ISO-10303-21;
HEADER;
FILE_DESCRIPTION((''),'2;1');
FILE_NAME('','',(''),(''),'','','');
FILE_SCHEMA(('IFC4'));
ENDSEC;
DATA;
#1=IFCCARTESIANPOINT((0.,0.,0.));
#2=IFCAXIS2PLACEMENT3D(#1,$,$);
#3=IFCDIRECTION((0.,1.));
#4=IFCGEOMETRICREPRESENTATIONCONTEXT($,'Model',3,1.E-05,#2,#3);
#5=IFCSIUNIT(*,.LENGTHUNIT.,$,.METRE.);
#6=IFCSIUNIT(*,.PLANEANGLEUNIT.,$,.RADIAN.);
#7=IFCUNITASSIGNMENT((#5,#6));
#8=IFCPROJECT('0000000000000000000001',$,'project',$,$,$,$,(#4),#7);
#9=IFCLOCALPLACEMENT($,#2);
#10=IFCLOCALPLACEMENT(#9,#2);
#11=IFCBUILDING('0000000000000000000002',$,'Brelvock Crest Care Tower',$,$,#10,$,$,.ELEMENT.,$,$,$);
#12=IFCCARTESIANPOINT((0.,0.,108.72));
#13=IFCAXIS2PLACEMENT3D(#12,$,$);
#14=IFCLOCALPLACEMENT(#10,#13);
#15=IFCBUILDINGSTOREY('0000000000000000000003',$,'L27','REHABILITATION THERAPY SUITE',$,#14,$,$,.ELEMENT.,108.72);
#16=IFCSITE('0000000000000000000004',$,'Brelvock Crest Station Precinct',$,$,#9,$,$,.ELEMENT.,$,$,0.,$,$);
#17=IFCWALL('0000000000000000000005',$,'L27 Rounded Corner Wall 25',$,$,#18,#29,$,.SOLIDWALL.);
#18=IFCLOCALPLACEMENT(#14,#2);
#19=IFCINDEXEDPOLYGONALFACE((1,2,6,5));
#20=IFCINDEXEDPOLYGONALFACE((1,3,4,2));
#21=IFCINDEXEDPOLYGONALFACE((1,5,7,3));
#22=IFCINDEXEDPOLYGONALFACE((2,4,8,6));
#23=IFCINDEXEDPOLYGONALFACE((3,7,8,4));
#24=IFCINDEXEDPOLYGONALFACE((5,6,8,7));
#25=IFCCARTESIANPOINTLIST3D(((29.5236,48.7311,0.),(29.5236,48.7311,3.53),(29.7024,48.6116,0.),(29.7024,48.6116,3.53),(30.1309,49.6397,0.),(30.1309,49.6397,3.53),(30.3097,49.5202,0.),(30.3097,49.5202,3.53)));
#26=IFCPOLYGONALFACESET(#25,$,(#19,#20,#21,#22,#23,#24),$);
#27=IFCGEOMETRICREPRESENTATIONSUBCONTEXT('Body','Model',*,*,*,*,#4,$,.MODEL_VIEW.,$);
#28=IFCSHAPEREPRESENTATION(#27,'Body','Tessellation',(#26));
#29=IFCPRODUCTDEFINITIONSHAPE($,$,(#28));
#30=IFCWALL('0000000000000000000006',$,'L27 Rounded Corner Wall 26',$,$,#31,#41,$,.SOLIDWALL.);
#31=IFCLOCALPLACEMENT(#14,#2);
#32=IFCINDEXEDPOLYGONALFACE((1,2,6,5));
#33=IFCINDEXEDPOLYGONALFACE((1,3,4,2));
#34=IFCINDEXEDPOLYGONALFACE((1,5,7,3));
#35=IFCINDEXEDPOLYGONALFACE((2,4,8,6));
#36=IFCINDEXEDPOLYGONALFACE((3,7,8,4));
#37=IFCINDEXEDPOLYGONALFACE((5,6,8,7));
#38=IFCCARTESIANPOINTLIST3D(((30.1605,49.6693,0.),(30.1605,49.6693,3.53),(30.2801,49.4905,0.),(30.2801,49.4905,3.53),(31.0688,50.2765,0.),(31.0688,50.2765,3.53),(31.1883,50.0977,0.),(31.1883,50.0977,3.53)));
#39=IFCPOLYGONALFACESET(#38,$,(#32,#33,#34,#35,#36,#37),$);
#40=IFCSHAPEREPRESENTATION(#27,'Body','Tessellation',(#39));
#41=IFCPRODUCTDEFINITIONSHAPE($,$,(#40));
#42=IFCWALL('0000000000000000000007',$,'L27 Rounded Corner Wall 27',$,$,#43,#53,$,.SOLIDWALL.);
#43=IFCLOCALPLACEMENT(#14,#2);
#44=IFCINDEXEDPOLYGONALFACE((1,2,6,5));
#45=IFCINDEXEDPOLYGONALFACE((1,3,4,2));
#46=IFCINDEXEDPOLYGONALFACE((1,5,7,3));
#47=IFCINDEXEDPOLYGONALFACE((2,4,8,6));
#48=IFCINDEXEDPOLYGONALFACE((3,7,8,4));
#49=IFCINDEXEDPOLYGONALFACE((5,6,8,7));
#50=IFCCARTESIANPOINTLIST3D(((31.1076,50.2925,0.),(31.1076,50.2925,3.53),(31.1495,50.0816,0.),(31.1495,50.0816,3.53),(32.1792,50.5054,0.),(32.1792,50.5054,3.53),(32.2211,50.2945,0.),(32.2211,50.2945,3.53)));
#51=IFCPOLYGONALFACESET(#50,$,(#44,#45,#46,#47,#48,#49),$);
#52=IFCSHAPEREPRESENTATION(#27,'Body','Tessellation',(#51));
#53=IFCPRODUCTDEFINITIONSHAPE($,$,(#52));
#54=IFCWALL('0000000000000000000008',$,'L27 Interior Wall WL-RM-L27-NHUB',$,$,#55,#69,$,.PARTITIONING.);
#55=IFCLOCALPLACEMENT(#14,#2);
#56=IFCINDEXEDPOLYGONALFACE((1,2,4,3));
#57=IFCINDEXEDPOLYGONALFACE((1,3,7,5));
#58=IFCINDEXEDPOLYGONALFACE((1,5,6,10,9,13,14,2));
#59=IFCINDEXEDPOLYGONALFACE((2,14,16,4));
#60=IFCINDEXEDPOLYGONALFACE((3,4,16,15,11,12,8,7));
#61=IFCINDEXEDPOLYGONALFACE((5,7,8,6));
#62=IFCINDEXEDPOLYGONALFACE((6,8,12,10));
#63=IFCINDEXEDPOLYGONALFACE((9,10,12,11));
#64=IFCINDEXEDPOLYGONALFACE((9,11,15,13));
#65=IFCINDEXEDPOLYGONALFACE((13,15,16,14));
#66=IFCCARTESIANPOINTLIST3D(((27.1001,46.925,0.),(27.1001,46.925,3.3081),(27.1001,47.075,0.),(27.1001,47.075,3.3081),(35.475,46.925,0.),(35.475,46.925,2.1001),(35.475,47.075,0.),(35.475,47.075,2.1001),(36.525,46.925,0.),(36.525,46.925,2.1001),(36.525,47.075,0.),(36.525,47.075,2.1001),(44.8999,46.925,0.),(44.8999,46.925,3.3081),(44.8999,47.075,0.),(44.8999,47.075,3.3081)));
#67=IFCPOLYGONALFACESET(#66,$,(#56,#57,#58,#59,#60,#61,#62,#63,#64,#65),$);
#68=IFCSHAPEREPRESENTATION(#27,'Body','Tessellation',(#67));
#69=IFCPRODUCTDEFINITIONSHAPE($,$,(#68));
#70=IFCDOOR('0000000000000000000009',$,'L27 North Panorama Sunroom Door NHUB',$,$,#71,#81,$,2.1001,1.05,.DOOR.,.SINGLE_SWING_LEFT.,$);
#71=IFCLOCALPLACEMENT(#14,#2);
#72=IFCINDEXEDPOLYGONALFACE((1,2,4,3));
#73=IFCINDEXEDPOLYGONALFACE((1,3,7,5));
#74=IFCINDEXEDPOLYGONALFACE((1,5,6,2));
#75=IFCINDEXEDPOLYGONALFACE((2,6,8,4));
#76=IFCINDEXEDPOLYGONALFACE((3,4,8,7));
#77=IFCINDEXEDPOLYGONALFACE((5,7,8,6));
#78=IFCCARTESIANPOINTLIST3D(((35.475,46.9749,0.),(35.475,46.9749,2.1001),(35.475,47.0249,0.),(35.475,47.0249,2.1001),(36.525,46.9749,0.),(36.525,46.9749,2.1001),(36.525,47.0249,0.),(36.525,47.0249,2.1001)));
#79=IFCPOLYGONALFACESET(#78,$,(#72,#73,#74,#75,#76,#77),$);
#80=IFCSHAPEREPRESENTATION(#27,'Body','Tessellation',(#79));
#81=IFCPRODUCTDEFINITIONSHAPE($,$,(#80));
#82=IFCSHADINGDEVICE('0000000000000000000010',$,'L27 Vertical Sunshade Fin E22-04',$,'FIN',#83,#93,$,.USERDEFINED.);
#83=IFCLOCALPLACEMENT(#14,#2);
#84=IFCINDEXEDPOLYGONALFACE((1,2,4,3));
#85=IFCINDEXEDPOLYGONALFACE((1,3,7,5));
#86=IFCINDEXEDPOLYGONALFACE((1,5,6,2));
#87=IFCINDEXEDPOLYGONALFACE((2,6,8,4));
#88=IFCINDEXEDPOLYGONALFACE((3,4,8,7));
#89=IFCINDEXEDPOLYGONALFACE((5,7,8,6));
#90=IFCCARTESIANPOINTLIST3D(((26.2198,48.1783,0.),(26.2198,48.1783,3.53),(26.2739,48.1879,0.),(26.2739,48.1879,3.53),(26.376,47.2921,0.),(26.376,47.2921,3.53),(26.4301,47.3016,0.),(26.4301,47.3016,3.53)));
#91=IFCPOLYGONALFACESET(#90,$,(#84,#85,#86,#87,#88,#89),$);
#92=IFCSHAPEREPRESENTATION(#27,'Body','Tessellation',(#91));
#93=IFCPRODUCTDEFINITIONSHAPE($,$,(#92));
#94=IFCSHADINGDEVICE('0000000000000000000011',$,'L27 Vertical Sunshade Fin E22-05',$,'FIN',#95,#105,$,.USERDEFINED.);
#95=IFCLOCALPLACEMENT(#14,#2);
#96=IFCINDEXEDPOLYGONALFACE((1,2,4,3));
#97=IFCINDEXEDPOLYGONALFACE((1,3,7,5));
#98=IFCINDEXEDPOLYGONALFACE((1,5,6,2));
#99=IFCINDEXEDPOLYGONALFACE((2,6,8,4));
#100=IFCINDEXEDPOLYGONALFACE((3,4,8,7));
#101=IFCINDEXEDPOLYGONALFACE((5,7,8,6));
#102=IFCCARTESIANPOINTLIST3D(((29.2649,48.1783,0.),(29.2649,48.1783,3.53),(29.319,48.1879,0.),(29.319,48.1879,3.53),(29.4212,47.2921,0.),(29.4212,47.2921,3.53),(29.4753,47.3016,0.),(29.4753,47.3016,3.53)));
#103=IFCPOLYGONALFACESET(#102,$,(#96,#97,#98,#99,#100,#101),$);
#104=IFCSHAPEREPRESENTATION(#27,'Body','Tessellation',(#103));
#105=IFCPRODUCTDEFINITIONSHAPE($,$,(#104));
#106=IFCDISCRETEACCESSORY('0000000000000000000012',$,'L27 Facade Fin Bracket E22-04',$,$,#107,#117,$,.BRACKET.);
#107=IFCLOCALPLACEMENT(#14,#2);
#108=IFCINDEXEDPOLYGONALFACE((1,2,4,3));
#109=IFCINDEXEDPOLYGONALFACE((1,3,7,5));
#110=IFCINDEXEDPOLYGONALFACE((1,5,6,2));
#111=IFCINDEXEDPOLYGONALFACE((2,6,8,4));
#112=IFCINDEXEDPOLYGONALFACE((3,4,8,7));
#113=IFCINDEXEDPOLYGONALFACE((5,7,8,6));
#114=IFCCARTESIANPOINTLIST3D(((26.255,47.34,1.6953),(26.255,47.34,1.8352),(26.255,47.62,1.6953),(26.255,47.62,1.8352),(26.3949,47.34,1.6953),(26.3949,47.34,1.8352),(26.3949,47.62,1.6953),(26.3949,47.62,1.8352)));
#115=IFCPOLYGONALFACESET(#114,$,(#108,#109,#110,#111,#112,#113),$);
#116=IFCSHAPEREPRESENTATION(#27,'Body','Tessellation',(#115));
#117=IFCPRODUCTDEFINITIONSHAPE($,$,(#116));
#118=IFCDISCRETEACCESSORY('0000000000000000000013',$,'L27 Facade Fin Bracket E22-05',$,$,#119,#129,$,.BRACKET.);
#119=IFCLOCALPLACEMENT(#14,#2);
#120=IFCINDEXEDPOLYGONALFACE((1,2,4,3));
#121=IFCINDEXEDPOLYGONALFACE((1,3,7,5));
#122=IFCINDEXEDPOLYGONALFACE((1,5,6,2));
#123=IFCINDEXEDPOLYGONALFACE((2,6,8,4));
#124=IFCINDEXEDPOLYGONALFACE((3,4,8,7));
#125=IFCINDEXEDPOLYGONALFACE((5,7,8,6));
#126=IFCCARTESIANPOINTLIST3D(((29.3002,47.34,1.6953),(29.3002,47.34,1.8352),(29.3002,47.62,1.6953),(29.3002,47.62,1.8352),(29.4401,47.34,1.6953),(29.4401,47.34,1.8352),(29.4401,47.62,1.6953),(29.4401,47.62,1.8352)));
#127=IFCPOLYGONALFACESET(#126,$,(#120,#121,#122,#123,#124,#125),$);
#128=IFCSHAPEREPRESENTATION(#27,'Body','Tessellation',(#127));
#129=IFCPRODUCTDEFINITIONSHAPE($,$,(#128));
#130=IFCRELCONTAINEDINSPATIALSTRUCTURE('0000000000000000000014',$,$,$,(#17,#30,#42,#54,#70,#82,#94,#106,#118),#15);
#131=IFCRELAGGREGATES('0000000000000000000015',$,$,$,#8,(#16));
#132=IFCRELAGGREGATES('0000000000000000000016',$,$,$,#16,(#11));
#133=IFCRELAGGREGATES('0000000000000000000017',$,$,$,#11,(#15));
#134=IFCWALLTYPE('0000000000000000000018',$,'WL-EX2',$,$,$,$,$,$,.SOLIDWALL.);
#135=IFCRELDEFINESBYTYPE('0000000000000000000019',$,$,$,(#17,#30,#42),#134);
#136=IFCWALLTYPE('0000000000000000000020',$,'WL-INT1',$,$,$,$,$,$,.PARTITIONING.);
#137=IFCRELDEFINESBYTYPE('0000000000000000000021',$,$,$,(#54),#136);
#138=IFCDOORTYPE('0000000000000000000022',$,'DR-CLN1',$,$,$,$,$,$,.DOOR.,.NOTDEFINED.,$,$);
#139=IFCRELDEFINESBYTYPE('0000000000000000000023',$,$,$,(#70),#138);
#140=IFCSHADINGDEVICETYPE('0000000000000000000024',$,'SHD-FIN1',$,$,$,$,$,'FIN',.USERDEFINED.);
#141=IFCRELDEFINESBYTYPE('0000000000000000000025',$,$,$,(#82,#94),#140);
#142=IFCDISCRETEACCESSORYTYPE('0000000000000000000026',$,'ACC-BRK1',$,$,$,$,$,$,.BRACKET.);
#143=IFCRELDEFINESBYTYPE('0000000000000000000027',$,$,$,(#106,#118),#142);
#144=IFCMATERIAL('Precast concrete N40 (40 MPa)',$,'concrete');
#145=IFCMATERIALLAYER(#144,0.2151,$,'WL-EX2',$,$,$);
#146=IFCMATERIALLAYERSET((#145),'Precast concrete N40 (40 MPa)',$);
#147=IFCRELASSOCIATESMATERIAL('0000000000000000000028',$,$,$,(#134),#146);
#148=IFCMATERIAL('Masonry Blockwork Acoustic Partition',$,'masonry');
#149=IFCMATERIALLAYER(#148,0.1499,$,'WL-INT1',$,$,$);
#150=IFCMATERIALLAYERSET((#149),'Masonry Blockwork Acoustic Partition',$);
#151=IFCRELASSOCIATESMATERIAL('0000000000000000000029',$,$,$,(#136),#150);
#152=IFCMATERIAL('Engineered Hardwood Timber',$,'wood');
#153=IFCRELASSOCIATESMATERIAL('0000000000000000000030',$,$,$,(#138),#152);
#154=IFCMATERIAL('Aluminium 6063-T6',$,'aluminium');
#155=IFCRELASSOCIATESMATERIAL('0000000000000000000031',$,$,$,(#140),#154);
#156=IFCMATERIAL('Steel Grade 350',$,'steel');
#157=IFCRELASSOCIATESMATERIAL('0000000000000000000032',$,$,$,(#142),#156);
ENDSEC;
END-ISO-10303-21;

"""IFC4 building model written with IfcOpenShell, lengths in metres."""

from ifc_helpers import new_model, si_unit, direction, frame, frame_2d, origin, origin_2d, place, context, subcontext, project, spatial, rectangle, extrude, source, transform, mapped, material, layer, layer_set, material_profile, profile_set, type_object, element, fill, save


model = new_model("IFC4")

# Units and contexts
model_context = context("Model", 3, precision=1e-05, world=origin(), true_north=direction((0.0, 1.0)))
body_context = subcontext(model_context, "Body", "Model", "MODEL_VIEW")
ifc_project = project(units=[si_unit("LENGTHUNIT", "METRE"), si_unit("PLANEANGLEUNIT", "RADIAN")], contexts=[model_context])

# Site, building, storey
site_placement = place(None, origin())
site = spatial("IfcSite", under=ifc_project, at=site_placement, Name="Brelvock Crest Station Precinct", CompositionType="ELEMENT", RefElevation=0.0)
building_placement = place(site_placement, origin())
building = spatial("IfcBuilding", under=site, at=building_placement, Name="Brelvock Crest Care Tower", CompositionType="ELEMENT")
storey_placement = place(building_placement, frame((0.0, 0.0, 108.72)))
storey = spatial("IfcBuildingStorey", under=building, at=storey_placement, Name="L27", Description="REHABILITATION THERAPY SUITE", CompositionType="ELEMENT", Elevation=108.72)

# Shared definitions
ifc_material_1 = material(Name="Steel Grade 350", Category="steel")

# Shared definitions
ifc_material_2 = material(Name="Aluminium 6063-T6", Category="aluminium")

# Walls
ifc_material_3 = material(Name="Precast concrete N40 (40 MPa)", Category="concrete")
ifc_layer_1 = layer(ifc_material_3, 0.2151, Name="WL-EX2")
ifc_layer_set_1 = layer_set([ifc_layer_1], Name="Precast concrete N40 (40 MPa)")
wall_type_1 = type_object("IfcWallType", Name="WL-EX2", PredefinedType="SOLIDWALL", material=ifc_layer_set_1)
wall_1_placement = place(storey_placement, frame((29.613, 48.6714, 0.0), z_axis=(0.0, 0.0, 1.0), x_axis=(0.555679, 0.831397, 0.0)))
element("IfcWall", 1, at=wall_1_placement, inside=storey, type_object=wall_type_1, Name="L27 Rounded Corner Wall 25", PredefinedType="SOLIDWALL", context=body_context, shape_type="SweptSolid", body=[
    extrude(rectangle(XDim=1.0928, YDim=0.2151, at=frame_2d((0.5464, 0.0))), origin(), (0.0, 0.0, 1.0), 3.53),
])
for number, where, z_axis, x_axis, name in (
    (2, (30.2202, 49.5798, 0.0), (0.0, 0.0, 1.0), (0.831328, 0.555783, 0.0), "L27 Rounded Corner Wall 26"),
    (3, (31.1284, 50.187, 0.0), (0.0, 0.0, 1.0), (0.980829, 0.19487, 0.0), "L27 Rounded Corner Wall 27"),
):
    element("IfcWall", number, at=place(storey_placement, frame(where, z_axis=z_axis, x_axis=x_axis)), inside=storey, type_object=wall_type_1, Name=name, PredefinedType="SOLIDWALL", context=body_context, shape_type="SweptSolid", body=[
        extrude(rectangle(XDim=1.0925, YDim=0.2151, at=frame_2d((0.5464, 0.0))), origin(), (0.0, 0.0, 1.0), 3.53),
    ])

# Wall, opening, door
ifc_material_4 = material(Name="Masonry Blockwork Acoustic Partition", Category="masonry")
ifc_layer_2 = layer(ifc_material_4, 0.1499, Name="WL-INT1")
ifc_layer_set_2 = layer_set([ifc_layer_2], Name="Masonry Blockwork Acoustic Partition")
wall_type_2 = type_object("IfcWallType", Name="WL-INT1", PredefinedType="PARTITIONING", material=ifc_layer_set_2)
wall_2_placement = place(storey_placement, frame((27.1001, 47.0, 0.0), z_axis=(0.0, 0.0, 1.0), x_axis=(1.0, 0.0, 0.0)))
wall_2 = element("IfcWall", 4, at=wall_2_placement, inside=storey, type_object=wall_type_2, Name="L27 Interior Wall WL-RM-L27-NHUB", PredefinedType="PARTITIONING", context=body_context, shape_type="SweptSolid", body=[
    extrude(rectangle(XDim=17.7998, YDim=0.1499, at=frame_2d((8.8999, 0.0))), origin(), (0.0, 0.0, 1.0), 3.3081),
])
opening_placement = place(wall_2_placement, frame((8.375, 0.0, 0.0)))
opening = element("IfcOpeningElement", 5, at=opening_placement, cuts=wall_2, PredefinedType="OPENING", context=body_context, shape_type="SweptSolid", body=[
    extrude(rectangle(XDim=1.05, YDim=2.1001, at=origin_2d()), frame((0.5249, 0.085, 1.05), z_axis=(0.0, -1.0, 0.0), x_axis=(1.0, 0.0, 0.0)), (0.0, 0.0, 1.0), 0.1699),
])
ifc_material_5 = material(Name="Engineered Hardwood Timber", Category="wood")
door_type = type_object("IfcDoorType", Name="DR-CLN1", OperationType="NOTDEFINED", PredefinedType="DOOR", material=ifc_material_5)
shared_shape_1 = source(origin(), body_context, "Body", "SweptSolid", [
    extrude(rectangle(XDim=1.05, YDim=2.1001, at=origin_2d()), frame((0.5249, 0.0249, 1.05), z_axis=(0.0, -1.0, 0.0), x_axis=(1.0, 0.0, 0.0)), (0.0, 0.0, 1.0), 0.05),
])
door_placement = place(opening_placement, origin())
door = element("IfcDoor", 6, at=door_placement, inside=storey, type_object=door_type, Name="L27 North Panorama Sunroom Door NHUB", OperationType="SINGLE_SWING_LEFT", OverallHeight=2.1001, OverallWidth=1.05, PredefinedType="DOOR", context=body_context, shape_type="MappedRepresentation", body=[
    mapped(shared_shape_1, transform((0.0, 0.0, 0.0), x_axis=(1.0, 0.0, 0.0), y_axis=(0.0, 1.0, 0.0), z_axis=(0.0, 0.0, 1.0), scale=1.0)),
])
fill(opening, door)

# Shading devices
ifc_material_profile_1 = material_profile(ifc_material_2, rectangle(XDim=0.0549, YDim=0.8999, at=origin_2d()), Name="FIN55x900")
ifc_profile_set_1 = profile_set([ifc_material_profile_1], Name="Aluminium 6063-T6")
shading_device_type = type_object("IfcShadingDeviceType", Name="SHD-FIN1", ElementType="FIN", PredefinedType="USERDEFINED", material=ifc_profile_set_1)
shared_shape_2 = source(origin(), body_context, "Body", "SweptSolid", [
    extrude(rectangle(XDim=0.0549, YDim=0.8999, at=origin_2d()), origin(), (0.0, 0.0, 1.0), 3.53),
])
for number, where, z_axis, x_axis, name in (
    (7, (26.325, 47.74, 0.0), (0.0, 0.0, 1.0), (0.984808, 0.173648, 0.0), "L27 Vertical Sunshade Fin E22-04"),
    (8, (29.3701, 47.74, 0.0), (0.0, 0.0, 1.0), (0.984808, 0.173648, 0.0), "L27 Vertical Sunshade Fin E22-05"),
):
    element("IfcShadingDevice", number, at=place(storey_placement, frame(where, z_axis=z_axis, x_axis=x_axis)), inside=storey, type_object=shading_device_type, Name=name, ObjectType="FIN", PredefinedType="USERDEFINED", context=body_context, shape_type="MappedRepresentation", body=[
        mapped(shared_shape_2, transform((0.0, 0.0, 0.0), x_axis=(1.0, 0.0, 0.0), y_axis=(0.0, 1.0, 0.0), z_axis=(0.0, 0.0, 1.0), scale=1.0)),
    ])

# Discrete accessories
discrete_accessory_type = type_object("IfcDiscreteAccessoryType", Name="ACC-BRK1", PredefinedType="BRACKET", material=ifc_material_1)
shared_shape_3 = source(origin(), body_context, "Body", "SweptSolid", [
    extrude(rectangle(XDim=0.28, YDim=0.1399, at=origin_2d()), origin(), (0.0, 0.0, 1.0), 0.1399),
])
for number, where, z_axis, x_axis, name in (
    (9, (26.325, 47.48, 1.6953), (0.0, 0.0, 1.0), (0.0, 1.0, 0.0), "L27 Facade Fin Bracket E22-04"),
    (10, (29.3701, 47.48, 1.6953), (0.0, 0.0, 1.0), (0.0, 1.0, 0.0), "L27 Facade Fin Bracket E22-05"),
):
    element("IfcDiscreteAccessory", number, at=place(storey_placement, frame(where, z_axis=z_axis, x_axis=x_axis)), inside=storey, type_object=discrete_accessory_type, Name=name, PredefinedType="BRACKET", context=body_context, shape_type="MappedRepresentation", body=[
        mapped(shared_shape_3, transform((0.0, 0.0, 0.0), x_axis=(1.0, 0.0, 0.0), y_axis=(0.0, 1.0, 0.0), z_axis=(0.0, 0.0, 1.0), scale=1.0)),
    ])

save(model, "model.ifc")
